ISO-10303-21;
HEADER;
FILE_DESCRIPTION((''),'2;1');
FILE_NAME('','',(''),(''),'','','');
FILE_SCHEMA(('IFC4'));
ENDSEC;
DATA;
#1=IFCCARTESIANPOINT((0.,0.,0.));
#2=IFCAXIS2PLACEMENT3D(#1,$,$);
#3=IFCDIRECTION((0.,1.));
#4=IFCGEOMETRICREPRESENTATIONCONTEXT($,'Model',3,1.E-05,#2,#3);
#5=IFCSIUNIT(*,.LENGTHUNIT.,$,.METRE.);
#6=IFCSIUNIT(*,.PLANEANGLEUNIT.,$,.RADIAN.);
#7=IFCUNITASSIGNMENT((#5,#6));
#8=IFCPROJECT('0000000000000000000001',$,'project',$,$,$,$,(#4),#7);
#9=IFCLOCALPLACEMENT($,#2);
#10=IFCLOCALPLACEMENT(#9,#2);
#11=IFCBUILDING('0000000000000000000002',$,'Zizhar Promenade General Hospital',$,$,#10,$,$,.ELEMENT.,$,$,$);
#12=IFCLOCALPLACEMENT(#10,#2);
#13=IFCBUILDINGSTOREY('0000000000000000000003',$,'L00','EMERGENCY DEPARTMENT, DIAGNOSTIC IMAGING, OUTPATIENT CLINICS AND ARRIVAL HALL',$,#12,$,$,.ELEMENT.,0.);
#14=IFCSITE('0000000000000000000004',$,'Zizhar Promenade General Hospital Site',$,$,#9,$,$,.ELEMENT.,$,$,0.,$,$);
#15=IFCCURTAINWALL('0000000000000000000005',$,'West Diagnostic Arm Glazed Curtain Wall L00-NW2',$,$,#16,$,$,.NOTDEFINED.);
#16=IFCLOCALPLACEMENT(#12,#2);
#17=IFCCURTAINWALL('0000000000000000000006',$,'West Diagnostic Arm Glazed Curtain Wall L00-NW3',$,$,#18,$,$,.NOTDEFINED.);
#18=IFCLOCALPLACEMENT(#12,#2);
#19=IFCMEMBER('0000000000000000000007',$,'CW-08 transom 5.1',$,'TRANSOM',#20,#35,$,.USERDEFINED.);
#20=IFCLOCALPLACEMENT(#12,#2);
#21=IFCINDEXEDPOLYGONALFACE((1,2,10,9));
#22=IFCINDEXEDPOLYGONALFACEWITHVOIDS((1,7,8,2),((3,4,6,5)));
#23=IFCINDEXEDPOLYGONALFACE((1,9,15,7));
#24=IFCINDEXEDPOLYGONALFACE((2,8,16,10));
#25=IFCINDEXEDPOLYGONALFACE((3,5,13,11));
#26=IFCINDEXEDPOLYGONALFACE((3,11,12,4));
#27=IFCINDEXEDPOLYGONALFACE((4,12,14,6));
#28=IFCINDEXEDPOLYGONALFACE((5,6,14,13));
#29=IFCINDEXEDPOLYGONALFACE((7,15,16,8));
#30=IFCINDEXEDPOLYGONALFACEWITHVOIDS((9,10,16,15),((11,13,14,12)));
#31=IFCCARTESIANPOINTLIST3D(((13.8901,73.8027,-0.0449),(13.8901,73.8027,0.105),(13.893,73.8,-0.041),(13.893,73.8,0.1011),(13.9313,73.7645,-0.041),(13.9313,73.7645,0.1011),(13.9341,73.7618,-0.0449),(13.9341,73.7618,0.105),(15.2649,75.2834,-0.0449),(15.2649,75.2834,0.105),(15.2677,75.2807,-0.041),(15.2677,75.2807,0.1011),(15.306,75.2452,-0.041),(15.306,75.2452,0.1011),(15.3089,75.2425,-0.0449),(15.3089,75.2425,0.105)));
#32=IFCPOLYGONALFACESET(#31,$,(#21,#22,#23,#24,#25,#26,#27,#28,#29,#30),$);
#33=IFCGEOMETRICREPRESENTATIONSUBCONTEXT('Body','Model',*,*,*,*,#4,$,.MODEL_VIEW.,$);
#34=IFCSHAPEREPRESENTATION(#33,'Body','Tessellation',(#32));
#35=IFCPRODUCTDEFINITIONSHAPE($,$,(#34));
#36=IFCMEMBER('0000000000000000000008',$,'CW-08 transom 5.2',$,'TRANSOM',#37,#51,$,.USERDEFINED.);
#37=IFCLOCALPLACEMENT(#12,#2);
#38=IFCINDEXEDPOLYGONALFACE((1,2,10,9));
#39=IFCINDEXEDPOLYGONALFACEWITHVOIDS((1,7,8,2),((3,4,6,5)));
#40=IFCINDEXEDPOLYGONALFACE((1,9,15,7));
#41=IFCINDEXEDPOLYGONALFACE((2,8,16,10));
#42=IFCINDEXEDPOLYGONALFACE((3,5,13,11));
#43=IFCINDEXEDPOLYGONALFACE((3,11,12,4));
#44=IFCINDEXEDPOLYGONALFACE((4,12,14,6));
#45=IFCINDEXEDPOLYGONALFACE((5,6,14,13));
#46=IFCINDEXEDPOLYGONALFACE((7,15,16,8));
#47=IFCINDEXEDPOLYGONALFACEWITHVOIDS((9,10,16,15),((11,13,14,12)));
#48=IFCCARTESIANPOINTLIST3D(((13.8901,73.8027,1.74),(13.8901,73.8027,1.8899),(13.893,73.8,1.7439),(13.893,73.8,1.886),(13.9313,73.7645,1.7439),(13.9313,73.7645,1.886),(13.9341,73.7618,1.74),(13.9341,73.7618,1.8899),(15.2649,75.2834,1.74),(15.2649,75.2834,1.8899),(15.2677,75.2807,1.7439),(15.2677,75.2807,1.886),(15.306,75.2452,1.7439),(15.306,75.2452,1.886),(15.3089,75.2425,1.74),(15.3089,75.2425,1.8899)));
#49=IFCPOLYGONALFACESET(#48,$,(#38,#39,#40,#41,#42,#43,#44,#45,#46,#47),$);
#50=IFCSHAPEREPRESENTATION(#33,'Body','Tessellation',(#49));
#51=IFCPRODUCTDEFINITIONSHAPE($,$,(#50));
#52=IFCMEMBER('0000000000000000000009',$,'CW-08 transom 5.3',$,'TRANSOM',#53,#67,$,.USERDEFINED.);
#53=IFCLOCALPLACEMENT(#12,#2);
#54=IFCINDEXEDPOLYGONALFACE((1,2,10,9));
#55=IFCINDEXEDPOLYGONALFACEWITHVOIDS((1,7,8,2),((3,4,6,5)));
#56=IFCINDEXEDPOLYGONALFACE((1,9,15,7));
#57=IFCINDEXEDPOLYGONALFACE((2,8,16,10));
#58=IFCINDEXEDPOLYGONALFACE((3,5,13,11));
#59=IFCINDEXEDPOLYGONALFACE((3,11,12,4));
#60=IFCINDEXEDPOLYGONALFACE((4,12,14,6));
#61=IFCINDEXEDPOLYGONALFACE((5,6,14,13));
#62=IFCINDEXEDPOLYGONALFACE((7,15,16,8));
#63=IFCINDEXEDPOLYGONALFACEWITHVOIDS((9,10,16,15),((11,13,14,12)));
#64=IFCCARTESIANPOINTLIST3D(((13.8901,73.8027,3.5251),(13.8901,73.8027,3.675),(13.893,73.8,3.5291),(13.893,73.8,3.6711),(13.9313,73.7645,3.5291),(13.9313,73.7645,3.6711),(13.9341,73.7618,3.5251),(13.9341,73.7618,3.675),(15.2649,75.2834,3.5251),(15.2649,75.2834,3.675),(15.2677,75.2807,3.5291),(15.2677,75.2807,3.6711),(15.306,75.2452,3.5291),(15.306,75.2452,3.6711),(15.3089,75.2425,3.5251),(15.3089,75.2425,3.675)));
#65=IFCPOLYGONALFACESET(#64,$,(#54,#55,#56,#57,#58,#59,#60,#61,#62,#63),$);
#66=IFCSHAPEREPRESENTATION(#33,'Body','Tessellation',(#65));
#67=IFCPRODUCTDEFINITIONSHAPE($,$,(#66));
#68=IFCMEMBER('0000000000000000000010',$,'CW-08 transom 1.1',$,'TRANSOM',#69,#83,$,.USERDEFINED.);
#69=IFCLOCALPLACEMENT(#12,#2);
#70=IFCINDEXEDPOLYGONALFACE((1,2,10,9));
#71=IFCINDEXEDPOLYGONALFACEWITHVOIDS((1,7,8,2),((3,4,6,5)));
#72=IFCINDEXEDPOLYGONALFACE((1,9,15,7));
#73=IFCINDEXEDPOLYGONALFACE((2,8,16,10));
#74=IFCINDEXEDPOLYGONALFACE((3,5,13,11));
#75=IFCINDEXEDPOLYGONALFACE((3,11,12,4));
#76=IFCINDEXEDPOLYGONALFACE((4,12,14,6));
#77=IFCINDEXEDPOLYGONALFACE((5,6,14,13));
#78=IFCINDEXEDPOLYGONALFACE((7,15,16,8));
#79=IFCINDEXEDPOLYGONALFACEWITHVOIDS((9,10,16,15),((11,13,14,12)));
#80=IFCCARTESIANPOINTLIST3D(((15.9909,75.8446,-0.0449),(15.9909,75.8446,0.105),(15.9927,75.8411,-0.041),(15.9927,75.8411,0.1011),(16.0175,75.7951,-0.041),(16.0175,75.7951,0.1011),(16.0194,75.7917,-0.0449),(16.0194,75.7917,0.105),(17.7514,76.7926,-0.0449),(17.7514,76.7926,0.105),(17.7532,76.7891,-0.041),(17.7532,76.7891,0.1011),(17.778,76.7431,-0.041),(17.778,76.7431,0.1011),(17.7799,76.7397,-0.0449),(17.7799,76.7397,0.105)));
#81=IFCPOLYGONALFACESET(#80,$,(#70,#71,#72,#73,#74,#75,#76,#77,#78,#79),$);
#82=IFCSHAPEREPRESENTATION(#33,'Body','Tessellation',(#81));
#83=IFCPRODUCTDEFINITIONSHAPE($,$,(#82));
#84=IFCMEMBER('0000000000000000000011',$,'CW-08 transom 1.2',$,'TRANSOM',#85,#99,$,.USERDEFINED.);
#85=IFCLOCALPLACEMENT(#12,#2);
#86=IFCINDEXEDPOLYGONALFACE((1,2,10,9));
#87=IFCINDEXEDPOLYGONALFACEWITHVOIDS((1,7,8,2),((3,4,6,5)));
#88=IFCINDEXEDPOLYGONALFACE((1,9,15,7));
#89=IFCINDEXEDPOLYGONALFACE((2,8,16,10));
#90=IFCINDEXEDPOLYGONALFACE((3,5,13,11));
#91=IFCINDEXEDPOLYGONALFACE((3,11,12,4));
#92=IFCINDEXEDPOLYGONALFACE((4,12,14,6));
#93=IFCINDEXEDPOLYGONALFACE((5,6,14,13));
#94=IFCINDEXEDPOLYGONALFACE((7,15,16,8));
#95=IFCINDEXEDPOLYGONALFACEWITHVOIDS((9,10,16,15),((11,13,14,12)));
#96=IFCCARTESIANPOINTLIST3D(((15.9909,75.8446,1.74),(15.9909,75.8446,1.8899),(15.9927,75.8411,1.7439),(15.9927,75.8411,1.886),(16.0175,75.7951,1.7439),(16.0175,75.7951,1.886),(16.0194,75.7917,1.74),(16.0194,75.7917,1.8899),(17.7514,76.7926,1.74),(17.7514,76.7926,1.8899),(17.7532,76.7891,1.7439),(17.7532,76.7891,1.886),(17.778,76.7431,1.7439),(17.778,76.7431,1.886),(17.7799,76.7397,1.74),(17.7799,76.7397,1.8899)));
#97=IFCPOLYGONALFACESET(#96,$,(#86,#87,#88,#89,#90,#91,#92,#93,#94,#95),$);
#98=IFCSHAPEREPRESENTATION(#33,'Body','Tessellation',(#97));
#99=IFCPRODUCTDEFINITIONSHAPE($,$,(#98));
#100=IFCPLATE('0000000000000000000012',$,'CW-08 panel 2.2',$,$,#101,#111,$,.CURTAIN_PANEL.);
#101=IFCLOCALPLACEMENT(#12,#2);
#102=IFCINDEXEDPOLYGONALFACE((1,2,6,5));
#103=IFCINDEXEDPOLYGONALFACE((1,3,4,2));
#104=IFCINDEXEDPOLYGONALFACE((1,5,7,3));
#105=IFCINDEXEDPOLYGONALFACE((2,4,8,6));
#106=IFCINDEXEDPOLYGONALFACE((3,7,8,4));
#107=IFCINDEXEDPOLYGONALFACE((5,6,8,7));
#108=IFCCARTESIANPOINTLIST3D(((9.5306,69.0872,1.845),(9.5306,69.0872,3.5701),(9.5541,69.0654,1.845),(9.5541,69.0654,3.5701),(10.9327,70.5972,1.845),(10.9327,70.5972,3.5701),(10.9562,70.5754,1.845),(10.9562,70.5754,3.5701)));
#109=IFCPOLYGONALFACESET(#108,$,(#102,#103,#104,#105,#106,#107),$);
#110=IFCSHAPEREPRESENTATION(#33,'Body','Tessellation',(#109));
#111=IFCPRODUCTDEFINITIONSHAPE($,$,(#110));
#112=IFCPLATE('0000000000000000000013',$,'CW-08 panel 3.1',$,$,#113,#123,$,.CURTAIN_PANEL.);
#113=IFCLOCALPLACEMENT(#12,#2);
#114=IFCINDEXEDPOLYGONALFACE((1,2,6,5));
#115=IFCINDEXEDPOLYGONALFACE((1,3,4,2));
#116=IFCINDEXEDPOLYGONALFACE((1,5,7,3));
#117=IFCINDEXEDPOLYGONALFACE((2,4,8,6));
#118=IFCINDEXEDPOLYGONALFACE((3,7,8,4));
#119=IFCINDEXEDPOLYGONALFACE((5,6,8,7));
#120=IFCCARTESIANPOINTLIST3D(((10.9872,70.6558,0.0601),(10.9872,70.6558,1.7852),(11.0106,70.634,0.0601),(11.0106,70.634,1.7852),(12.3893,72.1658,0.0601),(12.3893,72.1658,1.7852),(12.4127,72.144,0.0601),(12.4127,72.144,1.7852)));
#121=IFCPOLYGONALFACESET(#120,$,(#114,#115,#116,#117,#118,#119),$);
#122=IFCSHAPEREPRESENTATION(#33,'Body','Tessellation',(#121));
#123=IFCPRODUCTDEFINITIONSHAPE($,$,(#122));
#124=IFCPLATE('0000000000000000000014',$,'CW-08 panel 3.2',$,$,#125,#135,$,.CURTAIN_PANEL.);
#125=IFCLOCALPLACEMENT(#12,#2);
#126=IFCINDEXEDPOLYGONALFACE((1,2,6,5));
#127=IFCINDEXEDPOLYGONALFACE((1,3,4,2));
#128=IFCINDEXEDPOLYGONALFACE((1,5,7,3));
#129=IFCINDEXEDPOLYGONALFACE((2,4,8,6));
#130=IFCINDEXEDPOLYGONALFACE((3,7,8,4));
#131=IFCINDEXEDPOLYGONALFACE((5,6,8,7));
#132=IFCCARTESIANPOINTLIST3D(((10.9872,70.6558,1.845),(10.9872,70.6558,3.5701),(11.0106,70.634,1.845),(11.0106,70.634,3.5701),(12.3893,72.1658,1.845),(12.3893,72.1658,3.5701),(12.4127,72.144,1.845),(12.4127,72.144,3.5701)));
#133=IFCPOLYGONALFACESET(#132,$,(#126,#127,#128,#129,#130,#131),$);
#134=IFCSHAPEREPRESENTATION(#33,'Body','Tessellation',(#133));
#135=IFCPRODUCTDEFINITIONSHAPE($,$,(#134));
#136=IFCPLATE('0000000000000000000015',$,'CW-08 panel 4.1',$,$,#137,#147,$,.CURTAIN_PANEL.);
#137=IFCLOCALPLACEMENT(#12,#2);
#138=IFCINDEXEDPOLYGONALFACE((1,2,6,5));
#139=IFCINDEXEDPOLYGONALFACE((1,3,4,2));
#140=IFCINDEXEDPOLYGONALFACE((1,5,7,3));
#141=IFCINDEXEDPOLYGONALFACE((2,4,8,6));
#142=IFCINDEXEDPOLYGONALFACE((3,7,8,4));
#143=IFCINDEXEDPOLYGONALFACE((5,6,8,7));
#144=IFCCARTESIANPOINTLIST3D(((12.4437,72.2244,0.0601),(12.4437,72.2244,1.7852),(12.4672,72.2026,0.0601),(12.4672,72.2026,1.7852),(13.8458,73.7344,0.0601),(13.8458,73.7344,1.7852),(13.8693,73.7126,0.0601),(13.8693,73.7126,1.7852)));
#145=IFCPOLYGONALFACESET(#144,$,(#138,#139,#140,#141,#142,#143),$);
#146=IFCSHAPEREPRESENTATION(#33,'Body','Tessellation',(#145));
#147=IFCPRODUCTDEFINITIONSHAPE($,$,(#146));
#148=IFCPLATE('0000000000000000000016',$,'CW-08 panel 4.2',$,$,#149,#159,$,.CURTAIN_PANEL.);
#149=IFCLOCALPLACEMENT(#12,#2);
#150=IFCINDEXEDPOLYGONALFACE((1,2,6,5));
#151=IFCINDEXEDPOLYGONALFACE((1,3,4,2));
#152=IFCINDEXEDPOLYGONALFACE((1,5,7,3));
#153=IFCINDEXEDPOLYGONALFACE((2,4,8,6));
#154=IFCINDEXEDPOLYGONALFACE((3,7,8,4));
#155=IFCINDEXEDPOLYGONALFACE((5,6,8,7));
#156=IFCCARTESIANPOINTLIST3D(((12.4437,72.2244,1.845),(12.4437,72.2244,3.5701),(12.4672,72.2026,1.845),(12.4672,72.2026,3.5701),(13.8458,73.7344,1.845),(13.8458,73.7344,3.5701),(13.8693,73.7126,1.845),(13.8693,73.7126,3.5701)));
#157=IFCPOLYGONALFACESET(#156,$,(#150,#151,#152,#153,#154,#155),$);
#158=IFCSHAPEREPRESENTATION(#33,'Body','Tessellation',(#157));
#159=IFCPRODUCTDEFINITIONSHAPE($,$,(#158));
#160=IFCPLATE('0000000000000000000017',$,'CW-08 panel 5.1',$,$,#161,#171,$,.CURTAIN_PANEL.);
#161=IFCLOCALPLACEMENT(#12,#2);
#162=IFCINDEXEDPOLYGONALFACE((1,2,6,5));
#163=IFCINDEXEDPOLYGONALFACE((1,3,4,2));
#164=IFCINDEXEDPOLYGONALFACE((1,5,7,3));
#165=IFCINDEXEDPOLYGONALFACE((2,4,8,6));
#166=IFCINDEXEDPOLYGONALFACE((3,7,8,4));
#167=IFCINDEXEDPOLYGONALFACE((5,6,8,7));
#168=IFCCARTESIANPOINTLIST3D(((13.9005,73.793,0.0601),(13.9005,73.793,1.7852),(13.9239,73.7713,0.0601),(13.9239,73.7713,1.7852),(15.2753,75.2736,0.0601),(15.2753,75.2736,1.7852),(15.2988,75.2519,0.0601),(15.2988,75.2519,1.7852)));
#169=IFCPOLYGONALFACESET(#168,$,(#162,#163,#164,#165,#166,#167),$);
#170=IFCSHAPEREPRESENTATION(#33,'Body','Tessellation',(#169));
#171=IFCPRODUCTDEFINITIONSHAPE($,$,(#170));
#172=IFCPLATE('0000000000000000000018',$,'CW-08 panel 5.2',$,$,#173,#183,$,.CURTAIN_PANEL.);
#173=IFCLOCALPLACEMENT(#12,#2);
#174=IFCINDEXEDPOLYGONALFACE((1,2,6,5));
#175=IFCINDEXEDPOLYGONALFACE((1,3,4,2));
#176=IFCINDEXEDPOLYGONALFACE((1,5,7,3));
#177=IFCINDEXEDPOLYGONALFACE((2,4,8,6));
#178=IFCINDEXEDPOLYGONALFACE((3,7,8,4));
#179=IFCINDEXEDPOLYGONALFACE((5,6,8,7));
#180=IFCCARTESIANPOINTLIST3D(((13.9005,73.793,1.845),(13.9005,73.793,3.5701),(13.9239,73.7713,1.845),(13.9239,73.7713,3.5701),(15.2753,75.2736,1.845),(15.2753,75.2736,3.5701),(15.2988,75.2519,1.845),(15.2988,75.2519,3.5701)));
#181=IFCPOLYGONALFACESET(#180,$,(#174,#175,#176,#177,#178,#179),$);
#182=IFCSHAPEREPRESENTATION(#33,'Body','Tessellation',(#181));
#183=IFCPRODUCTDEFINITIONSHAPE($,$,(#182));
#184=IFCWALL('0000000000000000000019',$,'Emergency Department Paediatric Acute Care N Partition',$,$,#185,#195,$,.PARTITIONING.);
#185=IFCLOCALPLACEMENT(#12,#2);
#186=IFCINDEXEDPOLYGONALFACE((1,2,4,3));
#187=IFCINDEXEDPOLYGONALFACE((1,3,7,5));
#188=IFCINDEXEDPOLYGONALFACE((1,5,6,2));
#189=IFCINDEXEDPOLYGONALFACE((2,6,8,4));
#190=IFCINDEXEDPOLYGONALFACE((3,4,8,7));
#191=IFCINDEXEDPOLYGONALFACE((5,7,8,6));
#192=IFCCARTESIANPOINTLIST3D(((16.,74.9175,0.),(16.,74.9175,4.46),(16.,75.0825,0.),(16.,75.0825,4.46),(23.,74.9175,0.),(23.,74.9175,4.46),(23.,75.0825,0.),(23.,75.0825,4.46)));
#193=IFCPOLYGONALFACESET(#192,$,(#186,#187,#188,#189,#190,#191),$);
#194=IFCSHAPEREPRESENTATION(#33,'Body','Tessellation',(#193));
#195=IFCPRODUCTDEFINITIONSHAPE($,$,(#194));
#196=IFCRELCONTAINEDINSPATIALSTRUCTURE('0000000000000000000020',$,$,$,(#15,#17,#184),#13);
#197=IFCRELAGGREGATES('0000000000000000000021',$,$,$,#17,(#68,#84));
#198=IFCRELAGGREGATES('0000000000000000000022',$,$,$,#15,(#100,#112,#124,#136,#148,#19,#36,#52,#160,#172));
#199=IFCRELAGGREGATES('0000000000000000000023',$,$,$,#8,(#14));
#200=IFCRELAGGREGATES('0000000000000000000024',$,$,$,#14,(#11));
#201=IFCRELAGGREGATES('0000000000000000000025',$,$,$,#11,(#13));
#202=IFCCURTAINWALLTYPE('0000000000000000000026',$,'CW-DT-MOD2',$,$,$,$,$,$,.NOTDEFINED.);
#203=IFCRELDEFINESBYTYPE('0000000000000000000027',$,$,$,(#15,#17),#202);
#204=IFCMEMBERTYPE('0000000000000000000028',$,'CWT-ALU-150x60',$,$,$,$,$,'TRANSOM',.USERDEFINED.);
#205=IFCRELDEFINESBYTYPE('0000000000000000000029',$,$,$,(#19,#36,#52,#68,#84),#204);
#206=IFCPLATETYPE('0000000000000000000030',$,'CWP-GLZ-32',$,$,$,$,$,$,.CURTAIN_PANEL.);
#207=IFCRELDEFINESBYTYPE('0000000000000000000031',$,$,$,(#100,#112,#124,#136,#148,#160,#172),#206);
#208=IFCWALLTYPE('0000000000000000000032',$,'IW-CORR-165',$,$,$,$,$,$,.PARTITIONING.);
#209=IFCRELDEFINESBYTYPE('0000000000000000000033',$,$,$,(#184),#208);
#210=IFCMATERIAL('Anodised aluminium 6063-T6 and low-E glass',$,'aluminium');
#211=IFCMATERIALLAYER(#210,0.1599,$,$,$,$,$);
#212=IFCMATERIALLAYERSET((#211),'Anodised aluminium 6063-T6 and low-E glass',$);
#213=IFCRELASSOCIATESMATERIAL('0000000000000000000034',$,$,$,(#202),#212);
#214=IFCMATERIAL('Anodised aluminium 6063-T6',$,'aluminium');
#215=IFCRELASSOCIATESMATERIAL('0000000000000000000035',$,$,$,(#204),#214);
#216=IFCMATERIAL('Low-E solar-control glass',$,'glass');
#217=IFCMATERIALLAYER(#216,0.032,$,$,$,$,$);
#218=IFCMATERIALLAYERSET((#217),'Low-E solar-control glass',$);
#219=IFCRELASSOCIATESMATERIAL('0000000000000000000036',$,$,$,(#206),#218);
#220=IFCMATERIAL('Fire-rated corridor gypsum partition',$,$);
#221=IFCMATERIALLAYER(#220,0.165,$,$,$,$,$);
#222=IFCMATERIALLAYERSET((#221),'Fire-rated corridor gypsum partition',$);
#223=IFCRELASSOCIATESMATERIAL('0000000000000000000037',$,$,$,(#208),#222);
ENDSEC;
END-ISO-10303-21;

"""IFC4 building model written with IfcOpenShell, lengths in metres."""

from ifc_helpers import new_model, si_unit, direction, frame, frame_2d, origin, origin_2d, place, context, subcontext, project, spatial, rectangle, hollow_rectangle, extrude, material, layer, layer_set, material_profile, profile_set, type_object, element, aggregate, save


model = new_model("IFC4")

# Units and contexts
model_context = context("Model", 3, precision=1e-05, world=origin(), true_north=direction((0.0, 1.0)))
body_context = subcontext(model_context, "Body", "Model", "MODEL_VIEW")
ifc_project = project(units=[si_unit("LENGTHUNIT", "METRE"), si_unit("PLANEANGLEUNIT", "RADIAN")], contexts=[model_context])

# Site, building, storey
site_placement = place(None, origin())
site = spatial("IfcSite", under=ifc_project, at=site_placement, Name="Zizhar Promenade General Hospital Site", CompositionType="ELEMENT", RefElevation=0.0)
building_placement = place(site_placement, origin())
building = spatial("IfcBuilding", under=site, at=building_placement, Name="Zizhar Promenade General Hospital", CompositionType="ELEMENT")
storey_placement = place(building_placement, origin())
storey = spatial("IfcBuildingStorey", under=building, at=storey_placement, Name="L00", Description="EMERGENCY DEPARTMENT, DIAGNOSTIC IMAGING, OUTPATIENT CLINICS AND ARRIVAL HALL", CompositionType="ELEMENT", Elevation=0.0)

# Curtain wall
ifc_material_1 = material(Name="Anodised aluminium 6063-T6 and low-E glass", Category="aluminium")
ifc_layer_1 = layer(ifc_material_1, 0.1599)
ifc_layer_set_1 = layer_set([ifc_layer_1], Name="Anodised aluminium 6063-T6 and low-E glass")
curtain_wall_type = type_object("IfcCurtainWallType", Name="CW-DT-MOD2", PredefinedType="NOTDEFINED", material=ifc_layer_set_1)
curtain_wall_1_placement = place(storey_placement, origin())
curtain_wall_1 = element("IfcCurtainWall", 1, at=curtain_wall_1_placement, inside=storey, type_object=curtain_wall_type, Name="West Diagnostic Arm Glazed Curtain Wall L00-NW2", PredefinedType="NOTDEFINED")

# Curtain wall
curtain_wall_2_placement = place(storey_placement, origin())
curtain_wall_2 = element("IfcCurtainWall", 2, at=curtain_wall_2_placement, inside=storey, type_object=curtain_wall_type, Name="West Diagnostic Arm Glazed Curtain Wall L00-NW3", PredefinedType="NOTDEFINED")

# Members
ifc_material_2 = material(Name="Anodised aluminium 6063-T6", Category="aluminium")
ifc_material_profile_1 = material_profile(ifc_material_2, hollow_rectangle(XDim=0.0601, YDim=0.1499, WallThickness=0.0039, at=origin_2d()))
ifc_profile_set_1 = profile_set([ifc_material_profile_1], Name="Anodised aluminium 6063-T6")
member_type_1 = type_object("IfcMemberType", Name="CWT-ALU-150x60", ElementType="TRANSOM", PredefinedType="USERDEFINED", material=ifc_profile_set_1)
member_1_placement = place(storey_placement, frame((13.9121, 73.7822, 0.03), z_axis=(0.6804, 0.732841, 0.0), x_axis=(-0.732841, 0.6804, 0.0)))
member_1 = element("IfcMember", 3, at=member_1_placement, type_object=member_type_1, Name="CW-08 transom 5.1", ObjectType="TRANSOM", PredefinedType="USERDEFINED", context=body_context, shape_type="SweptSolid", body=[
    extrude(hollow_rectangle(XDim=0.0601, YDim=0.1499, WallThickness=0.0039, at=origin_2d()), origin(), (0.0, 0.0, 1.0), 2.0205),
])
member_2_placement = place(storey_placement, frame((13.9121, 73.7822, 1.8149), z_axis=(0.6804, 0.732841, 0.0), x_axis=(-0.732841, 0.6804, 0.0)))
member_2 = element("IfcMember", 4, at=member_2_placement, type_object=member_type_1, Name="CW-08 transom 5.2", ObjectType="TRANSOM", PredefinedType="USERDEFINED", context=body_context, shape_type="SweptSolid", body=[
    extrude(hollow_rectangle(XDim=0.0601, YDim=0.1499, WallThickness=0.0039, at=origin_2d()), origin(), (0.0, 0.0, 1.0), 2.0205),
])
member_3_placement = place(storey_placement, frame((13.9121, 73.7822, 3.6001), z_axis=(0.6804, 0.732841, 0.0), x_axis=(-0.732841, 0.6804, 0.0)))
member_3 = element("IfcMember", 5, at=member_3_placement, type_object=member_type_1, Name="CW-08 transom 5.3", ObjectType="TRANSOM", PredefinedType="USERDEFINED", context=body_context, shape_type="SweptSolid", body=[
    extrude(hollow_rectangle(XDim=0.0601, YDim=0.1499, WallThickness=0.0039, at=origin_2d()), origin(), (0.0, 0.0, 1.0), 2.0205),
])
member_4_placement = place(storey_placement, frame((16.0051, 75.8181, 0.03), z_axis=(0.880463, 0.474114, 0.0), x_axis=(-0.474114, 0.880463, 0.0)))
member_4 = element("IfcMember", 6, at=member_4_placement, type_object=member_type_1, Name="CW-08 transom 1.1", ObjectType="TRANSOM", PredefinedType="USERDEFINED", context=body_context, shape_type="SweptSolid", body=[
    extrude(hollow_rectangle(XDim=0.0601, YDim=0.1499, WallThickness=0.0039, at=origin_2d()), origin(), (0.0, 0.0, 1.0), 1.9995),
])
member_5_placement = place(storey_placement, frame((16.0051, 75.8181, 1.8149), z_axis=(0.880463, 0.474114, 0.0), x_axis=(-0.474114, 0.880463, 0.0)))
member_5 = element("IfcMember", 7, at=member_5_placement, type_object=member_type_1, Name="CW-08 transom 1.2", ObjectType="TRANSOM", PredefinedType="USERDEFINED", context=body_context, shape_type="SweptSolid", body=[
    extrude(hollow_rectangle(XDim=0.0601, YDim=0.1499, WallThickness=0.0039, at=origin_2d()), origin(), (0.0, 0.0, 1.0), 1.9995),
])
aggregate(curtain_wall_2, [member_4, member_5])

# Plates
ifc_material_3 = material(Name="Low-E solar-control glass", Category="glass")
ifc_layer_2 = layer(ifc_material_3, 0.032)
ifc_layer_set_2 = layer_set([ifc_layer_2], Name="Low-E solar-control glass")
plate_type = type_object("IfcPlateType", Name="CWP-GLZ-32", PredefinedType="CURTAIN_PANEL", material=ifc_layer_set_2)
plate_1_placement = place(storey_placement, frame((10.2434, 69.8313, 1.845), z_axis=(0.0, 0.0, 1.0), x_axis=(0.680452, 0.732793, 0.0)))
plate_1 = element("IfcPlate", 8, at=plate_1_placement, type_object=plate_type, Name="CW-08 panel 2.2", PredefinedType="CURTAIN_PANEL", context=body_context, shape_type="SweptSolid", body=[
    extrude(rectangle(XDim=2.0605, YDim=0.032, at=origin_2d()), origin(), (0.0, 0.0, 1.0), 1.7251),
])
plate_2_placement = place(storey_placement, frame((11.7, 71.3999, 0.0601), z_axis=(0.0, 0.0, 1.0), x_axis=(0.680452, 0.732793, 0.0)))
plate_2 = element("IfcPlate", 9, at=plate_2_placement, type_object=plate_type, Name="CW-08 panel 3.1", PredefinedType="CURTAIN_PANEL", context=body_context, shape_type="SweptSolid", body=[
    extrude(rectangle(XDim=2.0605, YDim=0.032, at=origin_2d()), origin(), (0.0, 0.0, 1.0), 1.7251),
])
plate_3_placement = place(storey_placement, frame((11.7, 71.3999, 1.845), z_axis=(0.0, 0.0, 1.0), x_axis=(0.680452, 0.732793, 0.0)))
plate_3 = element("IfcPlate", 10, at=plate_3_placement, type_object=plate_type, Name="CW-08 panel 3.2", PredefinedType="CURTAIN_PANEL", context=body_context, shape_type="SweptSolid", body=[
    extrude(rectangle(XDim=2.0605, YDim=0.032, at=origin_2d()), origin(), (0.0, 0.0, 1.0), 1.7251),
])
plate_4_placement = place(storey_placement, frame((13.1565, 72.9685, 0.0601), z_axis=(0.0, 0.0, 1.0), x_axis=(0.680452, 0.732793, 0.0)))
plate_4 = element("IfcPlate", 11, at=plate_4_placement, type_object=plate_type, Name="CW-08 panel 4.1", PredefinedType="CURTAIN_PANEL", context=body_context, shape_type="SweptSolid", body=[
    extrude(rectangle(XDim=2.0605, YDim=0.032, at=origin_2d()), origin(), (0.0, 0.0, 1.0), 1.7251),
])
plate_5_placement = place(storey_placement, frame((13.1565, 72.9685, 1.845), z_axis=(0.0, 0.0, 1.0), x_axis=(0.680452, 0.732793, 0.0)))
plate_5 = element("IfcPlate", 12, at=plate_5_placement, type_object=plate_type, Name="CW-08 panel 4.2", PredefinedType="CURTAIN_PANEL", context=body_context, shape_type="SweptSolid", body=[
    extrude(rectangle(XDim=2.0605, YDim=0.032, at=origin_2d()), origin(), (0.0, 0.0, 1.0), 1.7251),
])
plate_6_placement = place(storey_placement, frame((14.5996, 74.5225, 0.0601), z_axis=(0.0, 0.0, 1.0), x_axis=(0.680452, 0.732793, 0.0)))
plate_6 = element("IfcPlate", 13, at=plate_6_placement, type_object=plate_type, Name="CW-08 panel 5.1", PredefinedType="CURTAIN_PANEL", context=body_context, shape_type="SweptSolid", body=[
    extrude(rectangle(XDim=2.0205, YDim=0.032, at=origin_2d()), origin(), (0.0, 0.0, 1.0), 1.7251),
])
plate_7_placement = place(storey_placement, frame((14.5996, 74.5225, 1.845), z_axis=(0.0, 0.0, 1.0), x_axis=(0.680452, 0.732793, 0.0)))
plate_7 = element("IfcPlate", 14, at=plate_7_placement, type_object=plate_type, Name="CW-08 panel 5.2", PredefinedType="CURTAIN_PANEL", context=body_context, shape_type="SweptSolid", body=[
    extrude(rectangle(XDim=2.0205, YDim=0.032, at=origin_2d()), origin(), (0.0, 0.0, 1.0), 1.7251),
])
aggregate(curtain_wall_1, [plate_1, plate_2, plate_3, plate_4, plate_5, member_1, member_2, member_3, plate_6, plate_7])

# Wall
ifc_material_4 = material(Name="Fire-rated corridor gypsum partition")
ifc_layer_3 = layer(ifc_material_4, 0.165)
ifc_layer_set_3 = layer_set([ifc_layer_3], Name="Fire-rated corridor gypsum partition")
wall_type = type_object("IfcWallType", Name="IW-CORR-165", PredefinedType="PARTITIONING", material=ifc_layer_set_3)
wall_placement = place(storey_placement, frame((16.0, 75.0, 0.0), z_axis=(0.0, 0.0, 1.0), x_axis=(1.0, 0.0, 0.0)))
element("IfcWall", 15, at=wall_placement, inside=storey, type_object=wall_type, Name="Emergency Department Paediatric Acute Care N Partition", PredefinedType="PARTITIONING", context=body_context, shape_type="SweptSolid", body=[
    extrude(rectangle(XDim=7.0, YDim=0.165, at=frame_2d((3.5, 0.0))), origin(), (0.0, 0.0, 1.0), 4.46),
])

save(model, "model.ifc")
